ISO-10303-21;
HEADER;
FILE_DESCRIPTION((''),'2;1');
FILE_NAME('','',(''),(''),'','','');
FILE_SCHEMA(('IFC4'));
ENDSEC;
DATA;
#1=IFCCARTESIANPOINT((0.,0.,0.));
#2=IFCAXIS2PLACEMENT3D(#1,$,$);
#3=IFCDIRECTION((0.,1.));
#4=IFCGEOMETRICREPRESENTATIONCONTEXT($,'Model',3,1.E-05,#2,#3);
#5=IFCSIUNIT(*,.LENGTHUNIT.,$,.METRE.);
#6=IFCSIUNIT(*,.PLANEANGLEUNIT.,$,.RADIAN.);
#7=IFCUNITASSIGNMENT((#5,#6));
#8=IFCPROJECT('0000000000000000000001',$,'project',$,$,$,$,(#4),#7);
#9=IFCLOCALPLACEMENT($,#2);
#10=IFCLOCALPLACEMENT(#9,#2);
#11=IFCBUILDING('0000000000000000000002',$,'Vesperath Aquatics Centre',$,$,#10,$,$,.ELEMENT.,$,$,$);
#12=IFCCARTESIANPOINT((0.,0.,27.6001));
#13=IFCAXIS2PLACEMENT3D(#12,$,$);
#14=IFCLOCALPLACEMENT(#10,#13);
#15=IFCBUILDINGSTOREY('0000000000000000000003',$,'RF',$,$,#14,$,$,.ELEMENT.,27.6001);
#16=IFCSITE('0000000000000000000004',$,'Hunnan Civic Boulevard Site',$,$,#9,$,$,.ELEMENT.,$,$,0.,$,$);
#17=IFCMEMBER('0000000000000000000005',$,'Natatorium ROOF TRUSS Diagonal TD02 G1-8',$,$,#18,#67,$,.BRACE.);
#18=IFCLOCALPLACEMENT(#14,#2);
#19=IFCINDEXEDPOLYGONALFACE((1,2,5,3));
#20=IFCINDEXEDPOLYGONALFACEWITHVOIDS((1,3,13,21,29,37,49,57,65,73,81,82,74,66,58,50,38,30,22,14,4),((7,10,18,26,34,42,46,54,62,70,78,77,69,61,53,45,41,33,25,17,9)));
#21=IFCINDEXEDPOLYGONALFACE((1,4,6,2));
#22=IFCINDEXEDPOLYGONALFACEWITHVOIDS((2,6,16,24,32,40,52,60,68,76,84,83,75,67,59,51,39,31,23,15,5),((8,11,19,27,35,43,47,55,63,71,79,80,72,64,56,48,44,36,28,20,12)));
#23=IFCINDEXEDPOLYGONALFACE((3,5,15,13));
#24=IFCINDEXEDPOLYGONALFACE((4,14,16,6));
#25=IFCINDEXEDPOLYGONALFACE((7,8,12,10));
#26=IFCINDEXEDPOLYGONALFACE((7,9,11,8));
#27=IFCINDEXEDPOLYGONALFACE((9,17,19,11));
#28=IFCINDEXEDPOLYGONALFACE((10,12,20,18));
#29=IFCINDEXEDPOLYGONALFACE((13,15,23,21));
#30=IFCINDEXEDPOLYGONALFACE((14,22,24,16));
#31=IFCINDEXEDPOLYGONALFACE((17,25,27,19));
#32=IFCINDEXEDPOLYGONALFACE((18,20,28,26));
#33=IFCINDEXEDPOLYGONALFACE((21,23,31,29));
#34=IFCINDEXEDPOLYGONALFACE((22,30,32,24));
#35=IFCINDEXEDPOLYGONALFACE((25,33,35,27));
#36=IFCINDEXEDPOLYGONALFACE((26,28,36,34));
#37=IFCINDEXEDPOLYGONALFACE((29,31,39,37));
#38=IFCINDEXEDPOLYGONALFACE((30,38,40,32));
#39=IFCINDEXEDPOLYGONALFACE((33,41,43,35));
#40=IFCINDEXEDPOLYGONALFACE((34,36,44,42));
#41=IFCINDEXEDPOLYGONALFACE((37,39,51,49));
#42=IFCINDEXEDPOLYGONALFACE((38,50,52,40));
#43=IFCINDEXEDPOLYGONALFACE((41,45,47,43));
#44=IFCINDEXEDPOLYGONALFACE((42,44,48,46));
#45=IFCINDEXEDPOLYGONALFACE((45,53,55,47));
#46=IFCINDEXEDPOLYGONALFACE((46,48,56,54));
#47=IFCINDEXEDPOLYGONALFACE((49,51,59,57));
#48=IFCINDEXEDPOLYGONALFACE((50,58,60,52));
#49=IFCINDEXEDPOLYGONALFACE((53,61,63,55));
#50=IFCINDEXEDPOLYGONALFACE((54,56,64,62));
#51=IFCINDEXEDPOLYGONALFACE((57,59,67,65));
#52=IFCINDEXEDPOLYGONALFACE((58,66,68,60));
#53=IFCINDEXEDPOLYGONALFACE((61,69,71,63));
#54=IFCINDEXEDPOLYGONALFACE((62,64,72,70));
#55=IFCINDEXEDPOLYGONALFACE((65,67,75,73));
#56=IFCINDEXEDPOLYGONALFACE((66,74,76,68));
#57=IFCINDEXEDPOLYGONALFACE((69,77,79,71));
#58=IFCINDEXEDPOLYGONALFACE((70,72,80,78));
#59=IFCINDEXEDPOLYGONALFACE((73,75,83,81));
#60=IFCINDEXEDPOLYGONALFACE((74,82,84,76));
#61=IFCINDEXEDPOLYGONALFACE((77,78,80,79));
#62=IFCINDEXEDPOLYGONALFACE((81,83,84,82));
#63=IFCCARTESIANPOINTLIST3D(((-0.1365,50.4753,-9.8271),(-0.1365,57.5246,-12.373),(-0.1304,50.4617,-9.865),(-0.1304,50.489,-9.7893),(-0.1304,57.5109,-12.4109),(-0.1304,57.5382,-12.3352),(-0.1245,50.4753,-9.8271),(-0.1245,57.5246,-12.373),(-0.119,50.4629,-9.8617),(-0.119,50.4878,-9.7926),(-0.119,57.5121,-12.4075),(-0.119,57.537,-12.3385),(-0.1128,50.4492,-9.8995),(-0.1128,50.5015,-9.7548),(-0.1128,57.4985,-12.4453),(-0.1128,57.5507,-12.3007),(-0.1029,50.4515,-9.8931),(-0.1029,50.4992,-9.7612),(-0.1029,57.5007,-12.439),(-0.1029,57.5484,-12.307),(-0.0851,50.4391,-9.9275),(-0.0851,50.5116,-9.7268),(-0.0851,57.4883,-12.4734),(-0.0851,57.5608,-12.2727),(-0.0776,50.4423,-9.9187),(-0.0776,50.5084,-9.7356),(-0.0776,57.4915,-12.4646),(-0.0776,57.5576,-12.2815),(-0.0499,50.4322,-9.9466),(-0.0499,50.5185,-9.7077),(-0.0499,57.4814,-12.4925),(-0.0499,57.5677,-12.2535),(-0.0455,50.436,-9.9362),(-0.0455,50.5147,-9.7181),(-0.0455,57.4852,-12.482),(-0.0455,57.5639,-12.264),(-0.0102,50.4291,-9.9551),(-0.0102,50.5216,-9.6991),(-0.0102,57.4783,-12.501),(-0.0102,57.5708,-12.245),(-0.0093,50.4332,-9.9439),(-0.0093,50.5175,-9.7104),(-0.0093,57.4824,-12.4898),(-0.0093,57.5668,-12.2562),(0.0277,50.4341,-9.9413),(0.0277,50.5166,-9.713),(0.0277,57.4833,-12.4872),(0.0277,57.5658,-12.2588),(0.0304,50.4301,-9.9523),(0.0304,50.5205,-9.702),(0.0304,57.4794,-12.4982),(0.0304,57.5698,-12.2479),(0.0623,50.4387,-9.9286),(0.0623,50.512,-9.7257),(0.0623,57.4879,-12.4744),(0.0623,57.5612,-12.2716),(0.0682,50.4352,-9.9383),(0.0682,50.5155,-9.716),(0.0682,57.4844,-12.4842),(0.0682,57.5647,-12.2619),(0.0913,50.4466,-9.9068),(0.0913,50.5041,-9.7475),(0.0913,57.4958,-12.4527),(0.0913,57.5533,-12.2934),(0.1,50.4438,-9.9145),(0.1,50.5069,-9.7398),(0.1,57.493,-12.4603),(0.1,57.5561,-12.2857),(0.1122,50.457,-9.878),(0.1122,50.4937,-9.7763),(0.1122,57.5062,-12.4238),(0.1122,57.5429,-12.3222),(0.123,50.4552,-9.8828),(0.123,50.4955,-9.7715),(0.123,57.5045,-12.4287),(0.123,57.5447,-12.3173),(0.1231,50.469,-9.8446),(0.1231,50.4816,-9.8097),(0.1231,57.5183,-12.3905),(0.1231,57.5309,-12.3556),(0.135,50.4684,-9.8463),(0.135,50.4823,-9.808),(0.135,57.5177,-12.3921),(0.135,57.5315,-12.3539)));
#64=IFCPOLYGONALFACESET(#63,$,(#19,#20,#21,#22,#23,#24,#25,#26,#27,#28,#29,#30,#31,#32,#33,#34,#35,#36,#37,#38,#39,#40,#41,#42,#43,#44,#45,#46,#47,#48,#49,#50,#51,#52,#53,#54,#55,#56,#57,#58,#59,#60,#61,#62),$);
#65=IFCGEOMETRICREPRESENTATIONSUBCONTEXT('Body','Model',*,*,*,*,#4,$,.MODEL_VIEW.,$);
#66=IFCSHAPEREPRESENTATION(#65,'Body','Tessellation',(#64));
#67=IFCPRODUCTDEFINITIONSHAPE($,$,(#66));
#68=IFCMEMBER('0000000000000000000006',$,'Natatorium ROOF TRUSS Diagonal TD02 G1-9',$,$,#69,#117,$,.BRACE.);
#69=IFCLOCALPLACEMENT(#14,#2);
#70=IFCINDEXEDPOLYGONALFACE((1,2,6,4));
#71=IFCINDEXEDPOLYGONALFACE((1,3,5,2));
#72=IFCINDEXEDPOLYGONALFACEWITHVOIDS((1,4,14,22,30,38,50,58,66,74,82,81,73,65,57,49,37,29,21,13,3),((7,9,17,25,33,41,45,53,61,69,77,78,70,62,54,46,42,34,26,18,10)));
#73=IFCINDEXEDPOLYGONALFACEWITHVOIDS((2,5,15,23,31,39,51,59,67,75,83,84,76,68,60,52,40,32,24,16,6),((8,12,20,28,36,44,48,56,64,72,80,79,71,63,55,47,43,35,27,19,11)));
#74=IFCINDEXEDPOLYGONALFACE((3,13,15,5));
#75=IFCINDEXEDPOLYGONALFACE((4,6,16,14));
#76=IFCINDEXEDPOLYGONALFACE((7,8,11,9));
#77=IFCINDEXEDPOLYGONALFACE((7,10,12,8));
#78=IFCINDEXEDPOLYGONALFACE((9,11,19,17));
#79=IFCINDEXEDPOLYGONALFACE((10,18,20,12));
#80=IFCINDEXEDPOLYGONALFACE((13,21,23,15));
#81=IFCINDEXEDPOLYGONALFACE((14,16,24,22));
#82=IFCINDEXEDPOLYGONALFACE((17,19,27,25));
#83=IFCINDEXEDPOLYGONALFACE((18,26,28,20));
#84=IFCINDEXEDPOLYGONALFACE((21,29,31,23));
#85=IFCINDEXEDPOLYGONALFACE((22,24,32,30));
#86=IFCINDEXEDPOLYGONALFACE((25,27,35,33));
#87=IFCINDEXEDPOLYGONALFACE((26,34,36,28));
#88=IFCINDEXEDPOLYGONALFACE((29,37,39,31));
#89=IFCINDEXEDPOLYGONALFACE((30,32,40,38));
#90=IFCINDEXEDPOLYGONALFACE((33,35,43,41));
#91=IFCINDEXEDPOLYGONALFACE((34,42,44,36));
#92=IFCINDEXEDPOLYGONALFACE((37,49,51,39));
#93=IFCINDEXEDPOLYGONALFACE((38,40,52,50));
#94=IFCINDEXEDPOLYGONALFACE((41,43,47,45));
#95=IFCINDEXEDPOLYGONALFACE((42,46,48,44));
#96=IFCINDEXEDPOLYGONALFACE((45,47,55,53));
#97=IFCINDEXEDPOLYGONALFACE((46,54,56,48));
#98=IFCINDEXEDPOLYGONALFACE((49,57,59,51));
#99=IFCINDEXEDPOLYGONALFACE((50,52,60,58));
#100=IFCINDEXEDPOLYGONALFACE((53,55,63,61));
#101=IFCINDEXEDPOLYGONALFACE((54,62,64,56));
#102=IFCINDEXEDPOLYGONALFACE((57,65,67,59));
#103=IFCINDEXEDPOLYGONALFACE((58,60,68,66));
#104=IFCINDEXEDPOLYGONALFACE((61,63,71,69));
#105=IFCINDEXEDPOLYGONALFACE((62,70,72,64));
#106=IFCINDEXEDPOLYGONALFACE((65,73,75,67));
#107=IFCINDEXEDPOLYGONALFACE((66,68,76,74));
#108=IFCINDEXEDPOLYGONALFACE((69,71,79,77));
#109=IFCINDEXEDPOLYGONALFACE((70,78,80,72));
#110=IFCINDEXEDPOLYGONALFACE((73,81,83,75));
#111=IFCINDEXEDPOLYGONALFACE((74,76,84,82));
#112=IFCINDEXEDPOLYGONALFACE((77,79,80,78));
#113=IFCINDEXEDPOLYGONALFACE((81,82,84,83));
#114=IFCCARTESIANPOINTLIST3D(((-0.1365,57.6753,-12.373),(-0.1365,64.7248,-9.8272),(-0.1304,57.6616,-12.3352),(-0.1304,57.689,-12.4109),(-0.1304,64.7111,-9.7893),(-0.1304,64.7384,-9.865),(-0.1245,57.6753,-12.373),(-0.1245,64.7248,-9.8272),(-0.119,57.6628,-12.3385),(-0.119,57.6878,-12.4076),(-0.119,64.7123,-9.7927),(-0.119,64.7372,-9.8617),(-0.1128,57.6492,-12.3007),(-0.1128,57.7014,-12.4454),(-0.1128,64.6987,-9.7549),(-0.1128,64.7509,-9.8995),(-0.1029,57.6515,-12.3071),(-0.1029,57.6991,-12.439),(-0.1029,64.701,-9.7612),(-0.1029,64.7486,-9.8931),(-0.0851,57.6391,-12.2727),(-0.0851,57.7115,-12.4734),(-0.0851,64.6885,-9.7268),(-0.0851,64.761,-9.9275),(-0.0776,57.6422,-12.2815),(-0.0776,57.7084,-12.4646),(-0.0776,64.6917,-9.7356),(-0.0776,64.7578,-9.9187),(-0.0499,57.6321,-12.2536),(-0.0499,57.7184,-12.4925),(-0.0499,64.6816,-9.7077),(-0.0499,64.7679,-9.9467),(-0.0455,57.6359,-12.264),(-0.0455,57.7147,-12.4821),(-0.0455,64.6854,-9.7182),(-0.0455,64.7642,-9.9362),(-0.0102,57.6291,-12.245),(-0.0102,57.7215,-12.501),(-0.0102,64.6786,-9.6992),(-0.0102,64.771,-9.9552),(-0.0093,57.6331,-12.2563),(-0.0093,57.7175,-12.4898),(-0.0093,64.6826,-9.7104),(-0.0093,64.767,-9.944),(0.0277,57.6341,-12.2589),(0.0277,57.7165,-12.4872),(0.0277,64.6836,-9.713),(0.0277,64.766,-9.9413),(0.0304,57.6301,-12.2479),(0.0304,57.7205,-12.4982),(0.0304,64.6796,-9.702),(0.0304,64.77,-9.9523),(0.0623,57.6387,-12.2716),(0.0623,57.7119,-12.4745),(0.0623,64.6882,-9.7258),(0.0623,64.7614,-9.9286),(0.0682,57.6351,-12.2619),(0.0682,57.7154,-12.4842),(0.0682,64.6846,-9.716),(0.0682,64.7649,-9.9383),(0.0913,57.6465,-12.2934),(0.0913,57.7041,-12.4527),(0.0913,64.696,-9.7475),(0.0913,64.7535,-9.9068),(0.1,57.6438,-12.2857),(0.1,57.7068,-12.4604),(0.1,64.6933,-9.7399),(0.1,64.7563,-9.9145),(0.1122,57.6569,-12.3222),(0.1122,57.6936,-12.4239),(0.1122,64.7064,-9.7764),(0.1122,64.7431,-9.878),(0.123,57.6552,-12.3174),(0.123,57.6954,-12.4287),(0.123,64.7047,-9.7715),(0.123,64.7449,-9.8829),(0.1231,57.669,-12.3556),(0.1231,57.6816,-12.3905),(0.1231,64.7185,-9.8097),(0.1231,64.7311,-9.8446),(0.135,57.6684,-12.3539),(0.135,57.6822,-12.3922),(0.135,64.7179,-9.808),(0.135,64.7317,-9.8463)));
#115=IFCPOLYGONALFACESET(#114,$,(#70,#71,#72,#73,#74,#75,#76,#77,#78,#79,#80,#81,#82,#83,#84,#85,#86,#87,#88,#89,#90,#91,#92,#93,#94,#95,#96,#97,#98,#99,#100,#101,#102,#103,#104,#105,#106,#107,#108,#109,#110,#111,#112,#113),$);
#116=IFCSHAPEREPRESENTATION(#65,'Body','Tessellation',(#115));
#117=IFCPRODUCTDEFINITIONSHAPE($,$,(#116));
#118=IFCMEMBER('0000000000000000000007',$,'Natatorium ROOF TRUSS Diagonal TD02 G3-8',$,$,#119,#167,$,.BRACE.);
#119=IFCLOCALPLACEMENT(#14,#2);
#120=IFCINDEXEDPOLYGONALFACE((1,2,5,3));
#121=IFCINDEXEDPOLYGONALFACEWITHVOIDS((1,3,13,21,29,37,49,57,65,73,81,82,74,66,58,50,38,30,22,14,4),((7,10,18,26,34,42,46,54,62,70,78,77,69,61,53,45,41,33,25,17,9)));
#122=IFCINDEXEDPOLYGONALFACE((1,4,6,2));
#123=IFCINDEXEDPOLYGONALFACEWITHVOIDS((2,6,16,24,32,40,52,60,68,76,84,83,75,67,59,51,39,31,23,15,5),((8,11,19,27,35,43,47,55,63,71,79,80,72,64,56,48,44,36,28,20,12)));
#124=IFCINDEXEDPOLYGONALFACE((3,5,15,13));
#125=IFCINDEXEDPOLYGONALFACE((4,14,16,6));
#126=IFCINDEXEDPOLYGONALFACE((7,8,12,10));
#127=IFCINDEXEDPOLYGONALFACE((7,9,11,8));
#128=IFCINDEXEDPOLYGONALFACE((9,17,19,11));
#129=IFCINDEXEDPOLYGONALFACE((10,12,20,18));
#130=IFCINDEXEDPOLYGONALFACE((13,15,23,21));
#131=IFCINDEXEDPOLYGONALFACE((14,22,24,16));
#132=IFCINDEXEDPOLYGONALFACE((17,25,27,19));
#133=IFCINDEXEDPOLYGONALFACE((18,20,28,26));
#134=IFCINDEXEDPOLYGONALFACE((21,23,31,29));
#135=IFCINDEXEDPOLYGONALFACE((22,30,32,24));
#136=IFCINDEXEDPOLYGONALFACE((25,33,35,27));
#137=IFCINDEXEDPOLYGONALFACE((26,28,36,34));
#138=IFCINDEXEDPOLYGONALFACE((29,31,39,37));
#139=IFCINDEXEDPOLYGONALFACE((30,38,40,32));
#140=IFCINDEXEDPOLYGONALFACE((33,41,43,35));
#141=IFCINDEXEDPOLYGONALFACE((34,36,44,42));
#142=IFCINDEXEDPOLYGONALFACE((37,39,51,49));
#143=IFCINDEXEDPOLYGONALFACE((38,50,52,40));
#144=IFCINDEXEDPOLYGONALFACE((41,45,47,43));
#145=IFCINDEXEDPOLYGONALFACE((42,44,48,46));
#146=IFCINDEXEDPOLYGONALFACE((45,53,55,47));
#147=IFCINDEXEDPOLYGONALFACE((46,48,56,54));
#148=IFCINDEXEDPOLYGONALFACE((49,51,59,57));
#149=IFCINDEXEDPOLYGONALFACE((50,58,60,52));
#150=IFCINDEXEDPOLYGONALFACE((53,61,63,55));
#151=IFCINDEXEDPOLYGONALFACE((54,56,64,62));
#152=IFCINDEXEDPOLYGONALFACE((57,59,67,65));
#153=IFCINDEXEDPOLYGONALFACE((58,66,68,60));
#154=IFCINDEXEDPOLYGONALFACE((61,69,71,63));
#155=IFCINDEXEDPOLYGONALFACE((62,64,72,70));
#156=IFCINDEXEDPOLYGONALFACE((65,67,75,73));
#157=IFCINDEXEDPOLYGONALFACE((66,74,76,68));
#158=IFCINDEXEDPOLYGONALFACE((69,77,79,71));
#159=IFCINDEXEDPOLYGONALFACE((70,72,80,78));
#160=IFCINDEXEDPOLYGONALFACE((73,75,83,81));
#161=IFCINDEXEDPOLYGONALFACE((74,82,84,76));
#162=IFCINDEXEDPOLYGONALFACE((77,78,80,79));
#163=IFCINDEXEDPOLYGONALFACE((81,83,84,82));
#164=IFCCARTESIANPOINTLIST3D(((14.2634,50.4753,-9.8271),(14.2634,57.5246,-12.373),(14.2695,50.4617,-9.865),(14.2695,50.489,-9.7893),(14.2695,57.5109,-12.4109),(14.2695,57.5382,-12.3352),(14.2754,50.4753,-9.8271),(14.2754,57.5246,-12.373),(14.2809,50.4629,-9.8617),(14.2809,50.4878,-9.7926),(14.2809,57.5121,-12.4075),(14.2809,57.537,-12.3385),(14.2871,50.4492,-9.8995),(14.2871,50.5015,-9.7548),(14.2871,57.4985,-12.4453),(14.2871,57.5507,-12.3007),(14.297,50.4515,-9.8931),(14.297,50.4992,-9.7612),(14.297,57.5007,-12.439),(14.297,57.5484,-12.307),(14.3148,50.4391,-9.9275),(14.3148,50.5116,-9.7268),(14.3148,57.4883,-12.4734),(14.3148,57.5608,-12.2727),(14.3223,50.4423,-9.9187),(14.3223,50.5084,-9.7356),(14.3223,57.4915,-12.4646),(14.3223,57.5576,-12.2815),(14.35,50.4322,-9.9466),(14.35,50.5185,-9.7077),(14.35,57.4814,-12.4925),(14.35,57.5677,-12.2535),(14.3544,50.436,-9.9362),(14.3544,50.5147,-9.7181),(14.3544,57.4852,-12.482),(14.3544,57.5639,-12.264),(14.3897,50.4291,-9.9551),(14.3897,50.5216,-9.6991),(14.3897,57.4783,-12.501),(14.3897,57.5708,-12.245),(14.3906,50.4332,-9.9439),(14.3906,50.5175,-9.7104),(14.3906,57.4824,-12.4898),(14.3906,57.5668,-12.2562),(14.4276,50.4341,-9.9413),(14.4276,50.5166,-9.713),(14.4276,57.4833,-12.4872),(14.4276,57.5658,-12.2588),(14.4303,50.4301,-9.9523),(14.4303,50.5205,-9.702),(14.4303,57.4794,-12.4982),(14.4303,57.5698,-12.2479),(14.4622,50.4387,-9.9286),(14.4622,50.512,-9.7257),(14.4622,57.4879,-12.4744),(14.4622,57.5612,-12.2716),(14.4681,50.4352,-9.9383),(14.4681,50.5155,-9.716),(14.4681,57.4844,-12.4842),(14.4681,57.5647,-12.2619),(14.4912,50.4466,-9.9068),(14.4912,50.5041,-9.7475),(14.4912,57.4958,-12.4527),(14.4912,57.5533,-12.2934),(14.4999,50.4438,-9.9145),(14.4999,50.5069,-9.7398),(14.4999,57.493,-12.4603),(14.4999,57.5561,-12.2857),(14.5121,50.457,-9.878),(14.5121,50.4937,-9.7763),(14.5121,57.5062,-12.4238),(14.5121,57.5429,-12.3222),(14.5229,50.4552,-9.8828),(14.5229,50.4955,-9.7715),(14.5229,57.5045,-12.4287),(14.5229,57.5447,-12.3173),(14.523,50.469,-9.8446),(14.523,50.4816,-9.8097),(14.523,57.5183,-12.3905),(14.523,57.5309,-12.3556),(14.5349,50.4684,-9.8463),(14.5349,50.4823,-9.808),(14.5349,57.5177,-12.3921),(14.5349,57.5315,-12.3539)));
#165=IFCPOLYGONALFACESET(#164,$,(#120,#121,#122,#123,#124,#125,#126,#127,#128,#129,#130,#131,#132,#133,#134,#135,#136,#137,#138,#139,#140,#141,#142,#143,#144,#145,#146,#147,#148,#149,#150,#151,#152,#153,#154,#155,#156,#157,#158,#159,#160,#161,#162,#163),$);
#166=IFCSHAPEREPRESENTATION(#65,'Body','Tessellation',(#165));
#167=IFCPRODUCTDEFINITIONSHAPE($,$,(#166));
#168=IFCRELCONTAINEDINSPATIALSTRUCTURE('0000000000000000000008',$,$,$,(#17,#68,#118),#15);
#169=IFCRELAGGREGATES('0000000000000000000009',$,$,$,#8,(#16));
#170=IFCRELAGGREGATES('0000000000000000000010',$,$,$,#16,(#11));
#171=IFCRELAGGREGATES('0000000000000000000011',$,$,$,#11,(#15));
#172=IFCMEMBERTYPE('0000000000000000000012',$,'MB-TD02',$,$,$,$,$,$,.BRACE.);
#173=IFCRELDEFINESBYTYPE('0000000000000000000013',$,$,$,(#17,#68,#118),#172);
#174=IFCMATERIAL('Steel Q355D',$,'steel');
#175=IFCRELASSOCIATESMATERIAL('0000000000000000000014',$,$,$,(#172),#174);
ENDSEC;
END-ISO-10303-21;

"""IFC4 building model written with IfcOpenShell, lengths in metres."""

from ifc_helpers import new_model, si_unit, direction, frame, origin, origin_2d, place, context, subcontext, project, spatial, hollow_circle, extrude, material, material_profile, profile_set, type_object, element, save


model = new_model("IFC4")

# Units and contexts
model_context = context("Model", 3, precision=1e-05, world=origin(), true_north=direction((0.0, 1.0)))
body_context = subcontext(model_context, "Body", "Model", "MODEL_VIEW")
ifc_project = project(units=[si_unit("LENGTHUNIT", "METRE"), si_unit("PLANEANGLEUNIT", "RADIAN")], contexts=[model_context])

# Site, building, storey
site_placement = place(None, origin())
site = spatial("IfcSite", under=ifc_project, at=site_placement, Name="Hunnan Civic Boulevard Site", CompositionType="ELEMENT", RefElevation=0.0)
building_placement = place(site_placement, origin())
building = spatial("IfcBuilding", under=site, at=building_placement, Name="Vesperath Aquatics Centre", CompositionType="ELEMENT")
storey_placement = place(building_placement, frame((0.0, 0.0, 27.6001)))
storey = spatial("IfcBuildingStorey", under=building, at=storey_placement, Name="RF", CompositionType="ELEMENT", Elevation=27.6001)

# Members
ifc_material_1 = material(Name="Steel Q355D", Category="steel")
ifc_material_profile_1 = material_profile(ifc_material_1, hollow_circle(Radius=0.1365, WallThickness=0.012, at=origin_2d()), Name="CHS 273.0x12")
ifc_profile_set_1 = profile_set([ifc_material_profile_1], Name="Steel Q355D")
member_type_1 = type_object("IfcMemberType", Name="MB-TD02", PredefinedType="BRACE", material=ifc_profile_set_1)
member_1_placement = place(storey_placement, frame((0.0, 50.4753, -9.8271), z_axis=(0.0, 0.940541, -0.339681), x_axis=(-1.0, 0.0, 0.0)))
element("IfcMember", 1, at=member_1_placement, inside=storey, type_object=member_type_1, Name="Natatorium ROOF TRUSS Diagonal TD02 G1-8", PredefinedType="BRACE", context=body_context, shape_type="SweptSolid", body=[
    extrude(hollow_circle(Radius=0.1365, WallThickness=0.012, at=origin_2d()), origin(), (0.0, 0.0, 1.0), 7.4949),
])
member_2_placement = place(storey_placement, frame((0.0, 57.6753, -12.373), z_axis=(0.0, 0.940544, 0.339671), x_axis=(-1.0, 0.0, 0.0)))
element("IfcMember", 2, at=member_2_placement, inside=storey, type_object=member_type_1, Name="Natatorium ROOF TRUSS Diagonal TD02 G1-9", PredefinedType="BRACE", context=body_context, shape_type="SweptSolid", body=[
    extrude(hollow_circle(Radius=0.1365, WallThickness=0.012, at=origin_2d()), origin(), (0.0, 0.0, 1.0), 7.4951),
])
member_3_placement = place(storey_placement, frame((14.3999, 50.4753, -9.8271), z_axis=(0.0, 0.940541, -0.339681), x_axis=(-1.0, 0.0, 0.0)))
element("IfcMember", 3, at=member_3_placement, inside=storey, type_object=member_type_1, Name="Natatorium ROOF TRUSS Diagonal TD02 G3-8", PredefinedType="BRACE", context=body_context, shape_type="SweptSolid", body=[
    extrude(hollow_circle(Radius=0.1365, WallThickness=0.012, at=origin_2d()), origin(), (0.0, 0.0, 1.0), 7.4949),
])

save(model, "model.ifc")
